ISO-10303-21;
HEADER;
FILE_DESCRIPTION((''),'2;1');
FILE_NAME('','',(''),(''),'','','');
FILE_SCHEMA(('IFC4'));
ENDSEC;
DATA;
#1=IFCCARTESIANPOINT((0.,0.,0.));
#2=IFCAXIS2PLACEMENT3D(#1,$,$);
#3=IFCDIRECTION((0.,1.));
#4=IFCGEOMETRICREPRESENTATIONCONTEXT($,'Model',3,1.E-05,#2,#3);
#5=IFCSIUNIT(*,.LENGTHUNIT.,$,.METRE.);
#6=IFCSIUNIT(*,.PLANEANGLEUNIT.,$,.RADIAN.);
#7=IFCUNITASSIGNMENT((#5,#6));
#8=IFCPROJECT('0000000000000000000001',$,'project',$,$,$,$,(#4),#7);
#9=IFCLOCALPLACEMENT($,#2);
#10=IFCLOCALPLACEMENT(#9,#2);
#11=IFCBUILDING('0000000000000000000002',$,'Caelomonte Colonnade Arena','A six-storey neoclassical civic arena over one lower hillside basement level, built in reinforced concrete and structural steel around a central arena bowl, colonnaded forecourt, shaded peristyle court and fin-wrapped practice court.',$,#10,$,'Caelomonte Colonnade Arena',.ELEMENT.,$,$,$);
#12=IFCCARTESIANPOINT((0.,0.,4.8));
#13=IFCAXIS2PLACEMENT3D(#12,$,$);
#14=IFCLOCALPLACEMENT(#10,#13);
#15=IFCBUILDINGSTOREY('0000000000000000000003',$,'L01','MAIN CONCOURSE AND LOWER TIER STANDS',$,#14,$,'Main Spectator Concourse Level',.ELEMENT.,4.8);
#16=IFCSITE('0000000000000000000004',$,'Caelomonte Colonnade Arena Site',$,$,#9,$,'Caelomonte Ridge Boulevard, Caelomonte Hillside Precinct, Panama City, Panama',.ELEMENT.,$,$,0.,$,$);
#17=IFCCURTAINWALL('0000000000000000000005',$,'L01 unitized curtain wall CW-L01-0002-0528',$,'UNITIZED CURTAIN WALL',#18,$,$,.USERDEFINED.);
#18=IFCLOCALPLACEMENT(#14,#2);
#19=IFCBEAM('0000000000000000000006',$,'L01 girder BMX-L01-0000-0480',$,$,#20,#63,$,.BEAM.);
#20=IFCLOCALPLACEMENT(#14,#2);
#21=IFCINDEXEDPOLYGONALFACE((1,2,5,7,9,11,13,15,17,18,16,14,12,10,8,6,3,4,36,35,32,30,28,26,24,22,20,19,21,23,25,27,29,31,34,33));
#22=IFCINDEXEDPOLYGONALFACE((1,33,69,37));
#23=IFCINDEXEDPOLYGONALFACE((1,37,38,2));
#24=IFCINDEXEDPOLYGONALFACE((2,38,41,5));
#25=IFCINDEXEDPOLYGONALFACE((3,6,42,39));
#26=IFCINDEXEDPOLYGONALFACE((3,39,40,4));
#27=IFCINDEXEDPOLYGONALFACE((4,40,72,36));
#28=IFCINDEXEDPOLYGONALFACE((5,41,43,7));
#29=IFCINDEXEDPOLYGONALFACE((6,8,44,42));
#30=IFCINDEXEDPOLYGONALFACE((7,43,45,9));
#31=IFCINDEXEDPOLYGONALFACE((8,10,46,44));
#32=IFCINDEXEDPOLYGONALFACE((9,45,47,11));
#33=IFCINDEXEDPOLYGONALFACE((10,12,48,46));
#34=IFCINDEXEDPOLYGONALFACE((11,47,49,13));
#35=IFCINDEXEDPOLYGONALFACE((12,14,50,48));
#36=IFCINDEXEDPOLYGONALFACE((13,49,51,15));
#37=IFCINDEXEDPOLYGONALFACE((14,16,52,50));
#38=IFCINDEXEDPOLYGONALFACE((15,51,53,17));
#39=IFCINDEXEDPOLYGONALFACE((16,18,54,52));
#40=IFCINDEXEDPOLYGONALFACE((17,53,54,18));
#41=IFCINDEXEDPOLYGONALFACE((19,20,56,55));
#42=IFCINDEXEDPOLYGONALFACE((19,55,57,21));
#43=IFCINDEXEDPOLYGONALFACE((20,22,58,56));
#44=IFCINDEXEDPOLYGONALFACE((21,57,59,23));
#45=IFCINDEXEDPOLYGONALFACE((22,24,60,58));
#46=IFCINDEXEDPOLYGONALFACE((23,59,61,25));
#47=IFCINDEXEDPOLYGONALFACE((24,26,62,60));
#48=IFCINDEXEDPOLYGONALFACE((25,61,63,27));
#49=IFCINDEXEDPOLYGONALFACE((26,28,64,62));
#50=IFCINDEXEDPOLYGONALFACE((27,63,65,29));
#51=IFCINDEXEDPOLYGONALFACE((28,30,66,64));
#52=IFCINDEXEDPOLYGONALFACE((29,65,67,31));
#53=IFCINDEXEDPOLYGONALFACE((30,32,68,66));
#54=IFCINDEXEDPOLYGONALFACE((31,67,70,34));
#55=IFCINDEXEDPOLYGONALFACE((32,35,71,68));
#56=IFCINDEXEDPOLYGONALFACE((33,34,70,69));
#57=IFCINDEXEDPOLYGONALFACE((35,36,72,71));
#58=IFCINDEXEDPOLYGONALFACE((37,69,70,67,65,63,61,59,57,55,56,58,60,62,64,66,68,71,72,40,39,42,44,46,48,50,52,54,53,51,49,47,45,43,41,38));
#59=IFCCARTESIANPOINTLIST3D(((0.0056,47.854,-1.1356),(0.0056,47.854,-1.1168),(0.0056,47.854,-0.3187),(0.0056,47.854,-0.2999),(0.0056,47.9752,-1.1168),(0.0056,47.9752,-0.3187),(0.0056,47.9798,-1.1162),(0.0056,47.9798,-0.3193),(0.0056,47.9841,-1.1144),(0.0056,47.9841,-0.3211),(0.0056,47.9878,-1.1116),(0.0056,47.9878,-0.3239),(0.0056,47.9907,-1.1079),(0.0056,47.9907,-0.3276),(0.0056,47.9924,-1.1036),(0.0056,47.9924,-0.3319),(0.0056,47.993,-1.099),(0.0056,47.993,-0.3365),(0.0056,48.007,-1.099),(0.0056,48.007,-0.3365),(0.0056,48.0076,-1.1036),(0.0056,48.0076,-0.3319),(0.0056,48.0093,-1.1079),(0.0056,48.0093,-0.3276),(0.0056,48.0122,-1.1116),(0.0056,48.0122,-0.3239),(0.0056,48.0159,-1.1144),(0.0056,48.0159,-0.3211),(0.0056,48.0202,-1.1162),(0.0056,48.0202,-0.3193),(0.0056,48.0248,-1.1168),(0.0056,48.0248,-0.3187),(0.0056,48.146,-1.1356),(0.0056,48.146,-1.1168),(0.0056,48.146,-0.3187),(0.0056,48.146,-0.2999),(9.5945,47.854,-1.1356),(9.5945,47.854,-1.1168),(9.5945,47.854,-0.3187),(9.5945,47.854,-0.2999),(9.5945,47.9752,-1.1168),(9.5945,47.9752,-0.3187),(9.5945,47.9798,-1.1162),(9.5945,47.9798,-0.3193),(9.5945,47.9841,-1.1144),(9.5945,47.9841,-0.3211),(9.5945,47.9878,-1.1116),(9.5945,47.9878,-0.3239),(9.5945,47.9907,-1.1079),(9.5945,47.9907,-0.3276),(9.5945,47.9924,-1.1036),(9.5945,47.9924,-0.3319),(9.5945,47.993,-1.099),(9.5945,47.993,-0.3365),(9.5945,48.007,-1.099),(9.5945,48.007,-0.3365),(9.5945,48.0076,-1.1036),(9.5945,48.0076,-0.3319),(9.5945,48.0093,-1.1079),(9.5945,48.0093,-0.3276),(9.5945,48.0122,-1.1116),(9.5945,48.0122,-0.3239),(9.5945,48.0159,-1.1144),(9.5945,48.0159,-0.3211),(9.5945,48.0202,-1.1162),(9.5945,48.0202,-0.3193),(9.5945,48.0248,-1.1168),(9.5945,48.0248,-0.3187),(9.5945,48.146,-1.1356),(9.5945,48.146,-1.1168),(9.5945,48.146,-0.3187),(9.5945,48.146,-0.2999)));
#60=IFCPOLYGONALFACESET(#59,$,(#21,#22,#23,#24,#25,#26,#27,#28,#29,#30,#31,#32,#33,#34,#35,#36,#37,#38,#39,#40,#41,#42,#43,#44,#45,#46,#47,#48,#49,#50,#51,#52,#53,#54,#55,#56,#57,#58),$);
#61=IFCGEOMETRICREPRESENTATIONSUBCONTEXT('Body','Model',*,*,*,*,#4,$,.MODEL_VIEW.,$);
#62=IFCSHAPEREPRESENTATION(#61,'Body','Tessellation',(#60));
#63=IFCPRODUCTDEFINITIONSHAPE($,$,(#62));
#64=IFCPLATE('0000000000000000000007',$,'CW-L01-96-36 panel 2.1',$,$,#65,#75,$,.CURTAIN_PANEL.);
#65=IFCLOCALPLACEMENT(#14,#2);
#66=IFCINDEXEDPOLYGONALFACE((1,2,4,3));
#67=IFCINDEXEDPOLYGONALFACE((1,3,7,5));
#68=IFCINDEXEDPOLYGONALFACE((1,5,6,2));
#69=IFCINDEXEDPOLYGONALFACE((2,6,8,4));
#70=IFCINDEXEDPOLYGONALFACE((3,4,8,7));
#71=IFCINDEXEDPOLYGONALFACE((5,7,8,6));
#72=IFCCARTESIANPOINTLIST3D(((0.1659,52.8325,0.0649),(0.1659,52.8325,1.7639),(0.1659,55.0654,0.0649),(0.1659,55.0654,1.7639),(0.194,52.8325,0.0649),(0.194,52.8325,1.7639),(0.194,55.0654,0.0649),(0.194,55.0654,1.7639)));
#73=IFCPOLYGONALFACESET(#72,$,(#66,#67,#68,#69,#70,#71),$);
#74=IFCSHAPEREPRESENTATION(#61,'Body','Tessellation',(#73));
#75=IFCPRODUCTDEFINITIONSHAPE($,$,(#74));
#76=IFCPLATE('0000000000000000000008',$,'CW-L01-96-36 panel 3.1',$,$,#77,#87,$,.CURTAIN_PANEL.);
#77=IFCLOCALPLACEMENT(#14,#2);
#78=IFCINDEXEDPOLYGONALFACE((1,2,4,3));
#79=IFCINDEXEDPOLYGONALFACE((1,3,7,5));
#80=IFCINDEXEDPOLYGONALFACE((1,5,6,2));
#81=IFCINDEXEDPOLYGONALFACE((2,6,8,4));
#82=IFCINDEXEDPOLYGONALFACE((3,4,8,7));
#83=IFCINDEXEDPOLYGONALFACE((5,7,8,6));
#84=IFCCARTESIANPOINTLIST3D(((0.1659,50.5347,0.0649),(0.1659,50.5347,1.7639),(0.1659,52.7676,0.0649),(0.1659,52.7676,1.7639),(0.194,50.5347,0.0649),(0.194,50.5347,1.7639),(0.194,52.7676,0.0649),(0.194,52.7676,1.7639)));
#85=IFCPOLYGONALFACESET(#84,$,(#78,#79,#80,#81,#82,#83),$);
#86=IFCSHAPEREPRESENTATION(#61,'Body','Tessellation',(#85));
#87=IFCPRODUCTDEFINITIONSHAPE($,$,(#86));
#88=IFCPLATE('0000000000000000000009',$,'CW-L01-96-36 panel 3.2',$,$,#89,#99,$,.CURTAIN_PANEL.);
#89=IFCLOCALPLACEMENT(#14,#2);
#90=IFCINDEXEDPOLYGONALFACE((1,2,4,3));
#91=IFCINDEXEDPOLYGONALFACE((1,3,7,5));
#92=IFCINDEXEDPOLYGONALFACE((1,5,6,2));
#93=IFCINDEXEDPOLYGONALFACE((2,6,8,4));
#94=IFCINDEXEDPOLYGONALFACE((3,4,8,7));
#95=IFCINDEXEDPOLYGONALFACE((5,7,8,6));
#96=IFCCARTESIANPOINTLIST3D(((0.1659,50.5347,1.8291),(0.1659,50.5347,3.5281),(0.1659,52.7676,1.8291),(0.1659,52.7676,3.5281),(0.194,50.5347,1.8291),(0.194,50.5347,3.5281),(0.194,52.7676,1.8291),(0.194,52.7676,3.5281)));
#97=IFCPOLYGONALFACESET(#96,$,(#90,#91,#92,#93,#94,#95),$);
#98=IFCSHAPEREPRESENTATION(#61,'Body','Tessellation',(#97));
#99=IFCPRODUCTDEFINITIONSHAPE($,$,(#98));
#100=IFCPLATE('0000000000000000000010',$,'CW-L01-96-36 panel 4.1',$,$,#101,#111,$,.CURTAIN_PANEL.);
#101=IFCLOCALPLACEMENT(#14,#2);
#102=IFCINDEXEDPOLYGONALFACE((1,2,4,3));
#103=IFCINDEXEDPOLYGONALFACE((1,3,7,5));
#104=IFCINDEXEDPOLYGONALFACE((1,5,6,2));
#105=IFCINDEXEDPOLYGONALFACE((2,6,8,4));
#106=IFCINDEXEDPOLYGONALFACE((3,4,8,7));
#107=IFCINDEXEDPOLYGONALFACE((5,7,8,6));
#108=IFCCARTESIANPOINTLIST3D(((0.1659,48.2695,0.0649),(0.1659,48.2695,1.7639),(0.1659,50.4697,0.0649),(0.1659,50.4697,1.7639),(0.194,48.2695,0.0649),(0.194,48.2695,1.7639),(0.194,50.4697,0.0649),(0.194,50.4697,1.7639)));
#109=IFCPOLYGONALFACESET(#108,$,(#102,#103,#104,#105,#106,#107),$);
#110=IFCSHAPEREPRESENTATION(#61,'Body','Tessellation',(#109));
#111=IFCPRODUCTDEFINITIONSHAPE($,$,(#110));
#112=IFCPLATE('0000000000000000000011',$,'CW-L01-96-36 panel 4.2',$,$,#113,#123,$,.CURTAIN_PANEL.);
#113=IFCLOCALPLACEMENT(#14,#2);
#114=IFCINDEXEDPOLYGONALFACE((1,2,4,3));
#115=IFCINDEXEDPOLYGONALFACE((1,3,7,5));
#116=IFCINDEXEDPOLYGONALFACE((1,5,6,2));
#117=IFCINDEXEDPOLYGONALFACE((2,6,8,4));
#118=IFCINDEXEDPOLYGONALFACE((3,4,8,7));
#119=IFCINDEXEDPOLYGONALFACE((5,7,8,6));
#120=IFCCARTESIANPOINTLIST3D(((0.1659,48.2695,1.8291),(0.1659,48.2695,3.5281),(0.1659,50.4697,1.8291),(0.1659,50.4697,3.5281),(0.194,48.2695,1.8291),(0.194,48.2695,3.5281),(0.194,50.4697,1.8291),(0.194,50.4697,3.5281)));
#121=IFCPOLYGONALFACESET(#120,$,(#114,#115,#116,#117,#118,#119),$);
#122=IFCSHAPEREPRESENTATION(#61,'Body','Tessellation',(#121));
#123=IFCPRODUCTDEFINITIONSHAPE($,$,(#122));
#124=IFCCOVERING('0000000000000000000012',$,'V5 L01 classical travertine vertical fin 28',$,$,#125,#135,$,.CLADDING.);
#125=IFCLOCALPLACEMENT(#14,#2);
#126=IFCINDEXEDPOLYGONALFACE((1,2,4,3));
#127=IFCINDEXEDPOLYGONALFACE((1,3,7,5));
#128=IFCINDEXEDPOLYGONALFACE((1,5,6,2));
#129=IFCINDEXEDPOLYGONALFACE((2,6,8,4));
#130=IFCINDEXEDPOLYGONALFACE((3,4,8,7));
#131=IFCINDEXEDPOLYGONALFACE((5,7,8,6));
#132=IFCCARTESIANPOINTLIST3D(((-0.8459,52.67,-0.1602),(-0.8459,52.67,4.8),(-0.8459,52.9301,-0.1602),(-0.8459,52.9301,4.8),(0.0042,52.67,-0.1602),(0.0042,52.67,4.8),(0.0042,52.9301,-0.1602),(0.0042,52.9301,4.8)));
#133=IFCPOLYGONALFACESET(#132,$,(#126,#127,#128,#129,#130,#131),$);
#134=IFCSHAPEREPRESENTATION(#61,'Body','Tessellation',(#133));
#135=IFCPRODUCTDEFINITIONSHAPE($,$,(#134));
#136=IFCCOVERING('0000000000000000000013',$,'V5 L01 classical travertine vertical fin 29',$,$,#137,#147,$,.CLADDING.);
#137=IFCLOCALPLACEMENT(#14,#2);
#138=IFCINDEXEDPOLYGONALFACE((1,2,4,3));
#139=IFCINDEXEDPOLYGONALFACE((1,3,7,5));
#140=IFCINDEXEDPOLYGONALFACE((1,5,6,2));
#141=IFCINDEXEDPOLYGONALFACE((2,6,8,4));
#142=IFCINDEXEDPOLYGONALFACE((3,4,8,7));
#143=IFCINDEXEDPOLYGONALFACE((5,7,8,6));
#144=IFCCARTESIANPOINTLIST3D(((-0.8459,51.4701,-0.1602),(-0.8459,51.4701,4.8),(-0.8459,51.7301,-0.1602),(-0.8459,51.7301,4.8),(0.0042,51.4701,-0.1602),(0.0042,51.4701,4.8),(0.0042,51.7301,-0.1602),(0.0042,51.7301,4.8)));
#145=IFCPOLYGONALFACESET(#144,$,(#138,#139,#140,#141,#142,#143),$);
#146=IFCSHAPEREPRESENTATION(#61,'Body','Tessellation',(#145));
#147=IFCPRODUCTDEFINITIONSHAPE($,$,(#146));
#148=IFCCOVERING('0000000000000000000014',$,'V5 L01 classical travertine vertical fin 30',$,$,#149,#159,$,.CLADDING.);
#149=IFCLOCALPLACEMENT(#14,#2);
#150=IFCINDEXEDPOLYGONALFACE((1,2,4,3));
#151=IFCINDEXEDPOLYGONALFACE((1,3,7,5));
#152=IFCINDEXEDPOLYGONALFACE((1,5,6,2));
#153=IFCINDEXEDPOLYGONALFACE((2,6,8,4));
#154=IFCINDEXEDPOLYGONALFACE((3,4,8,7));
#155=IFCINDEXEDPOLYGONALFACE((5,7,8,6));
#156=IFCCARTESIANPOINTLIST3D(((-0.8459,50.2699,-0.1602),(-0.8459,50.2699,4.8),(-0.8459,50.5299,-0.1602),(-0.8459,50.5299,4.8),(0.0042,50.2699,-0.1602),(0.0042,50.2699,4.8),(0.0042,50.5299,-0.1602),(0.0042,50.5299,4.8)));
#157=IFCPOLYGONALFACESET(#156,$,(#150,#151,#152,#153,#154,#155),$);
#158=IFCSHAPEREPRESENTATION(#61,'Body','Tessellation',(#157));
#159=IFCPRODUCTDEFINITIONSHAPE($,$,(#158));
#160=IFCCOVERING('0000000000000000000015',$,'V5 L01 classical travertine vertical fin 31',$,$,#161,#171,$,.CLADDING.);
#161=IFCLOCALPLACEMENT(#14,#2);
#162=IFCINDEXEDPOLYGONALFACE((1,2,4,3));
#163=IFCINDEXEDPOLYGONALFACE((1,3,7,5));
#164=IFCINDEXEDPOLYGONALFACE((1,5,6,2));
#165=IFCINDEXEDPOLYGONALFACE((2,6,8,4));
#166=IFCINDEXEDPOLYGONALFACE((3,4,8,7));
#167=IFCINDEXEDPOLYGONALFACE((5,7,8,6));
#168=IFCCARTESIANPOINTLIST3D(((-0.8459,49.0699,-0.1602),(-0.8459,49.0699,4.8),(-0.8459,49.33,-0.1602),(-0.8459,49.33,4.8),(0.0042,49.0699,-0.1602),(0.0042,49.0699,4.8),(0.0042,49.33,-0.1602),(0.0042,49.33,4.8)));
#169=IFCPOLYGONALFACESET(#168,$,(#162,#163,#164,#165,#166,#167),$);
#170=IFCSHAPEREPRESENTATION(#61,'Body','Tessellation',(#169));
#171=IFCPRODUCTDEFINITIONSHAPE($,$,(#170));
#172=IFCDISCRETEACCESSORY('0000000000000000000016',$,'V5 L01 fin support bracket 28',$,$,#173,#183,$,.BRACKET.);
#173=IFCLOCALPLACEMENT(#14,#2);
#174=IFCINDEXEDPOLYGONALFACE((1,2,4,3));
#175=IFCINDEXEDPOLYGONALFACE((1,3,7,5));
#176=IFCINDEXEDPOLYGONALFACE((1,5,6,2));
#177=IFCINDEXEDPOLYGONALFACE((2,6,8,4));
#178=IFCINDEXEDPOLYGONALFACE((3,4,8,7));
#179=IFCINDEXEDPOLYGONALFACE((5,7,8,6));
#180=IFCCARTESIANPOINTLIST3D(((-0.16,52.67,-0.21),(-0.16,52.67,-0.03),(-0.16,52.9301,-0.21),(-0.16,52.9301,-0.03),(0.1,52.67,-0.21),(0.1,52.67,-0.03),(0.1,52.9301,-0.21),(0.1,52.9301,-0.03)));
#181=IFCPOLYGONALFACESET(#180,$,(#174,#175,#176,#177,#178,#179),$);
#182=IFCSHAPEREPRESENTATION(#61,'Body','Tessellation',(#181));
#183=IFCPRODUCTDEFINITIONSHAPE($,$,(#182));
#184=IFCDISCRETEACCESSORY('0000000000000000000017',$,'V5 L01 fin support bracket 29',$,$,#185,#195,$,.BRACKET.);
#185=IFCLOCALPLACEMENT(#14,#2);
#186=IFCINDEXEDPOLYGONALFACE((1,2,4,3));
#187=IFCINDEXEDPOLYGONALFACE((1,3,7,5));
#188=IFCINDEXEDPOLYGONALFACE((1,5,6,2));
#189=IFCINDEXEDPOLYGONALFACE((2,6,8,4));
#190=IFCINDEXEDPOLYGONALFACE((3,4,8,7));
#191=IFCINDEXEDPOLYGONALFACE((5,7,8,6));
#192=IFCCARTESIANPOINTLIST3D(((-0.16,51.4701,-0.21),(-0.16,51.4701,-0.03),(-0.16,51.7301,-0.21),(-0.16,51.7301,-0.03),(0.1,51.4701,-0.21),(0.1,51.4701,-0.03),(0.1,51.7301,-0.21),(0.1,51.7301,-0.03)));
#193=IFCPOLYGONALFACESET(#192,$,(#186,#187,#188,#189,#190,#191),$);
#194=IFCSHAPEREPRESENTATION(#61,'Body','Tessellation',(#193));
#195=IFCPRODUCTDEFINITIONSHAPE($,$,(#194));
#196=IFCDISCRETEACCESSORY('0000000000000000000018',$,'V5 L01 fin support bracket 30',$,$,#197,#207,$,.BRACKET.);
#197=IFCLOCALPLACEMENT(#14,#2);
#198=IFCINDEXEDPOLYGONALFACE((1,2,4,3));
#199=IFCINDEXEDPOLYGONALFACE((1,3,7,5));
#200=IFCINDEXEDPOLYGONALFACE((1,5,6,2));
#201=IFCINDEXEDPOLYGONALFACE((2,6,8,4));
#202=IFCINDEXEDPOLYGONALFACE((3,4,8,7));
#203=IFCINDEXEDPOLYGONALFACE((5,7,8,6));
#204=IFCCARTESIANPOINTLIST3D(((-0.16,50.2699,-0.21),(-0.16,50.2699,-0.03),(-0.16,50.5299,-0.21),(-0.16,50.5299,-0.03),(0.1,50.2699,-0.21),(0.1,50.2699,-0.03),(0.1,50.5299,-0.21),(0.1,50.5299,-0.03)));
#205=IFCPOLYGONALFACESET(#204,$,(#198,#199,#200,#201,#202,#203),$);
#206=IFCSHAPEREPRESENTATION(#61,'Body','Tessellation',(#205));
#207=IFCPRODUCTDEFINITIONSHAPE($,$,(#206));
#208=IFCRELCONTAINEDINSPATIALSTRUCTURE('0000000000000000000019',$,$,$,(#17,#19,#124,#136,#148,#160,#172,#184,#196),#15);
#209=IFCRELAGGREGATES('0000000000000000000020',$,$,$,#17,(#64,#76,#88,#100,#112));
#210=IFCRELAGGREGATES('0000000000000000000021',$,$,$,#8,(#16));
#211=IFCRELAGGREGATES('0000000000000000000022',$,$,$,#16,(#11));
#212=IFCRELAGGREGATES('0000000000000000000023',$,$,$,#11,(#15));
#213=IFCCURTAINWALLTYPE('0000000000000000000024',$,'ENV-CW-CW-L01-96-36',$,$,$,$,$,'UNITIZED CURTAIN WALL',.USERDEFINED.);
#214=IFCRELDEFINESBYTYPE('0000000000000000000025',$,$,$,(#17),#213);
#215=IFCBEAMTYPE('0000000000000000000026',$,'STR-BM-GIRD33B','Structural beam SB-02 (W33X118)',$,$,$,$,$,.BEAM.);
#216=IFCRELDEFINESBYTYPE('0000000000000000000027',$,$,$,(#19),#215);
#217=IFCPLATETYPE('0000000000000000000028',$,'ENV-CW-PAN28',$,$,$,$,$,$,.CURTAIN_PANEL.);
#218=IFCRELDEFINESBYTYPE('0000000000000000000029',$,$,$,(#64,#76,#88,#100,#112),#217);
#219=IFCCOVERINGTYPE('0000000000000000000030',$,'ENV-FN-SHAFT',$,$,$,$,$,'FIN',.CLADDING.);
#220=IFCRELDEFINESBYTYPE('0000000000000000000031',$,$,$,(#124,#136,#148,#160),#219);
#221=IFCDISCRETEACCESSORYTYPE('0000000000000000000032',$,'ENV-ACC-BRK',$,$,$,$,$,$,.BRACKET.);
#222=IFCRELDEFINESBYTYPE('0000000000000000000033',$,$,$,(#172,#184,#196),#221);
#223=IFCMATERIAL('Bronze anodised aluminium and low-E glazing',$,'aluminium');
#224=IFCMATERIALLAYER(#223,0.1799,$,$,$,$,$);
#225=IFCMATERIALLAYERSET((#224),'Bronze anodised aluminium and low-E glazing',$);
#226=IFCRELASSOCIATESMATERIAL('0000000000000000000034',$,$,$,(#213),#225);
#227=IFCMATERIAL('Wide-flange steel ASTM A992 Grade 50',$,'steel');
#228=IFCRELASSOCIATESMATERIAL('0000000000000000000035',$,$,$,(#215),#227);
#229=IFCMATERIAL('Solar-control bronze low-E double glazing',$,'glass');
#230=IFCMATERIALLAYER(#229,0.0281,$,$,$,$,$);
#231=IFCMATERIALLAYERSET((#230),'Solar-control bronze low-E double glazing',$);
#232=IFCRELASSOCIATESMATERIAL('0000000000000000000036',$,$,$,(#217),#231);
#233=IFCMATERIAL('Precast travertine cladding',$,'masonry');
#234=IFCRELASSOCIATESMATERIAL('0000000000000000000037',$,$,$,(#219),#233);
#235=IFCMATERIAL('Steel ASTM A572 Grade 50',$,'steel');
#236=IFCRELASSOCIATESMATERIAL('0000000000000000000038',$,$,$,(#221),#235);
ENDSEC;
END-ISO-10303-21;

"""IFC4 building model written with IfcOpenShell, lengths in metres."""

from ifc_helpers import new_model, si_unit, direction, frame, origin, origin_2d, place, context, subcontext, project, spatial, rectangle, i_section, extrude, material, layer, layer_set, material_profile, profile_set, type_object, element, aggregate, save


model = new_model("IFC4")

# Units and contexts
model_context = context("Model", 3, precision=1e-05, world=origin(), true_north=direction((0.0, 1.0)))
body_context = subcontext(model_context, "Body", "Model", "MODEL_VIEW")
ifc_project = project(units=[si_unit("LENGTHUNIT", "METRE"), si_unit("PLANEANGLEUNIT", "RADIAN")], contexts=[model_context])

# Site, building, storey
site_placement = place(None, origin())
site = spatial("IfcSite", under=ifc_project, at=site_placement, Name="Caelomonte Colonnade Arena Site", LongName="Caelomonte Ridge Boulevard, Caelomonte Hillside Precinct, Panama City, Panama", CompositionType="ELEMENT", RefElevation=0.0)
building_placement = place(site_placement, origin())
building = spatial("IfcBuilding", under=site, at=building_placement, Name="Caelomonte Colonnade Arena", Description="A six-storey neoclassical civic arena over one lower hillside basement level, built in reinforced concrete and structural steel around a central arena bowl, colonnaded forecourt, shaded peristyle court and fin-wrapped practice court.", LongName="Caelomonte Colonnade Arena", CompositionType="ELEMENT")
storey_placement = place(building_placement, frame((0.0, 0.0, 4.8)))
storey = spatial("IfcBuildingStorey", under=building, at=storey_placement, Name="L01", Description="MAIN CONCOURSE AND LOWER TIER STANDS", LongName="Main Spectator Concourse Level", CompositionType="ELEMENT", Elevation=4.8)

# Curtain wall
ifc_material_1 = material(Name="Bronze anodised aluminium and low-E glazing", Category="aluminium")
ifc_layer_1 = layer(ifc_material_1, 0.1799)
ifc_layer_set_1 = layer_set([ifc_layer_1], Name="Bronze anodised aluminium and low-E glazing")
curtain_wall_type = type_object("IfcCurtainWallType", Name="ENV-CW-CW-L01-96-36", ElementType="UNITIZED CURTAIN WALL", PredefinedType="USERDEFINED", material=ifc_layer_set_1)
curtain_wall_placement = place(storey_placement, origin())
curtain_wall = element("IfcCurtainWall", 1, at=curtain_wall_placement, inside=storey, type_object=curtain_wall_type, Name="L01 unitized curtain wall CW-L01-0002-0528", ObjectType="UNITIZED CURTAIN WALL", PredefinedType="USERDEFINED")

# Beam
ifc_material_2 = material(Name="Wide-flange steel ASTM A992 Grade 50", Category="steel")
ifc_material_profile_1 = material_profile(ifc_material_2, i_section(OverallWidth=0.292, OverallDepth=0.8357, WebThickness=0.0139, FlangeThickness=0.0188, FilletRadius=0.0178, at=origin_2d()), Name="W33X118")
ifc_profile_set_1 = profile_set([ifc_material_profile_1], Name="Wide-flange steel ASTM A992 Grade 50")
beam_type_1 = type_object("IfcBeamType", Name="STR-BM-GIRD33B", Description="Structural beam SB-02 (W33X118)", PredefinedType="BEAM", material=ifc_profile_set_1)
beam_1_placement = place(storey_placement, frame((0.0056, 48.0, -0.7178), z_axis=(1.0, 0.0, 0.0), x_axis=(0.0, 1.0, 0.0)))
element("IfcBeam", 2, at=beam_1_placement, inside=storey, type_object=beam_type_1, Name="L01 girder BMX-L01-0000-0480", PredefinedType="BEAM", context=body_context, shape_type="SweptSolid", body=[
    extrude(i_section(OverallWidth=0.292, OverallDepth=0.8357, WebThickness=0.0139, FlangeThickness=0.0188, FilletRadius=0.0178, at=origin_2d()), origin(), (0.0, 0.0, 1.0), 9.5889),
])

# Plates
ifc_material_3 = material(Name="Solar-control bronze low-E double glazing", Category="glass")
ifc_layer_2 = layer(ifc_material_3, 0.0281)
ifc_layer_set_2 = layer_set([ifc_layer_2], Name="Solar-control bronze low-E double glazing")
plate_type = type_object("IfcPlateType", Name="ENV-CW-PAN28", PredefinedType="CURTAIN_PANEL", material=ifc_layer_set_2)
plate_1_placement = place(storey_placement, frame((0.1799, 53.949, 0.0649), z_axis=(0.0, 0.0, 1.0), x_axis=(0.0, -1.0, 0.0)))
plate_1 = element("IfcPlate", 3, at=plate_1_placement, type_object=plate_type, Name="CW-L01-96-36 panel 2.1", PredefinedType="CURTAIN_PANEL", context=body_context, shape_type="SweptSolid", body=[
    extrude(rectangle(XDim=2.2329, YDim=0.0281, at=origin_2d()), origin(), (0.0, 0.0, 1.0), 1.699),
])
plate_2_placement = place(storey_placement, frame((0.1799, 51.6511, 0.0649), z_axis=(0.0, 0.0, 1.0), x_axis=(0.0, -1.0, 0.0)))
plate_2 = element("IfcPlate", 4, at=plate_2_placement, type_object=plate_type, Name="CW-L01-96-36 panel 3.1", PredefinedType="CURTAIN_PANEL", context=body_context, shape_type="SweptSolid", body=[
    extrude(rectangle(XDim=2.2329, YDim=0.0281, at=origin_2d()), origin(), (0.0, 0.0, 1.0), 1.699),
])
plate_3_placement = place(storey_placement, frame((0.1799, 51.6511, 1.8291), z_axis=(0.0, 0.0, 1.0), x_axis=(0.0, -1.0, 0.0)))
plate_3 = element("IfcPlate", 5, at=plate_3_placement, type_object=plate_type, Name="CW-L01-96-36 panel 3.2", PredefinedType="CURTAIN_PANEL", context=body_context, shape_type="SweptSolid", body=[
    extrude(rectangle(XDim=2.2329, YDim=0.0281, at=origin_2d()), origin(), (0.0, 0.0, 1.0), 1.699),
])
plate_4_placement = place(storey_placement, frame((0.1799, 49.3696, 0.0649), z_axis=(0.0, 0.0, 1.0), x_axis=(0.0, -1.0, 0.0)))
plate_4 = element("IfcPlate", 6, at=plate_4_placement, type_object=plate_type, Name="CW-L01-96-36 panel 4.1", PredefinedType="CURTAIN_PANEL", context=body_context, shape_type="SweptSolid", body=[
    extrude(rectangle(XDim=2.2002, YDim=0.0281, at=origin_2d()), origin(), (0.0, 0.0, 1.0), 1.699),
])
plate_5_placement = place(storey_placement, frame((0.1799, 49.3696, 1.8291), z_axis=(0.0, 0.0, 1.0), x_axis=(0.0, -1.0, 0.0)))
plate_5 = element("IfcPlate", 7, at=plate_5_placement, type_object=plate_type, Name="CW-L01-96-36 panel 4.2", PredefinedType="CURTAIN_PANEL", context=body_context, shape_type="SweptSolid", body=[
    extrude(rectangle(XDim=2.2002, YDim=0.0281, at=origin_2d()), origin(), (0.0, 0.0, 1.0), 1.699),
])
aggregate(curtain_wall, [plate_1, plate_2, plate_3, plate_4, plate_5])

# Coverings
ifc_material_4 = material(Name="Precast travertine cladding", Category="masonry")
ifc_material_profile_2 = material_profile(ifc_material_4, rectangle(XDim=0.26, YDim=0.8501, at=origin_2d()), Name="FIN260X850")
ifc_profile_set_2 = profile_set([ifc_material_profile_2], Name="Precast travertine cladding")
covering_type = type_object("IfcCoveringType", Name="ENV-FN-SHAFT", ElementType="FIN", PredefinedType="CLADDING", material=ifc_profile_set_2)
for number, where, z_axis, x_axis, name in (
    (8, (-0.4209, 52.8, -0.1602), (0.0, 0.0, 1.0), (0.0, 1.0, 0.0), "V5 L01 classical travertine vertical fin 28"),
    (9, (-0.4209, 51.6001, -0.1602), (0.0, 0.0, 1.0), (0.0, 1.0, 0.0), "V5 L01 classical travertine vertical fin 29"),
    (10, (-0.4209, 50.3999, -0.1602), (0.0, 0.0, 1.0), (0.0, 1.0, 0.0), "V5 L01 classical travertine vertical fin 30"),
    (11, (-0.4209, 49.2, -0.1602), (0.0, 0.0, 1.0), (0.0, 1.0, 0.0), "V5 L01 classical travertine vertical fin 31"),
):
    element("IfcCovering", number, at=place(storey_placement, frame(where, z_axis=z_axis, x_axis=x_axis)), inside=storey, type_object=covering_type, Name=name, PredefinedType="CLADDING", context=body_context, shape_type="SweptSolid", body=[
        extrude(rectangle(XDim=0.26, YDim=0.8501, at=origin_2d()), origin(), (0.0, 0.0, 1.0), 4.9602),
    ])

# Discrete accessories
ifc_material_5 = material(Name="Steel ASTM A572 Grade 50", Category="steel")
discrete_accessory_type = type_object("IfcDiscreteAccessoryType", Name="ENV-ACC-BRK", PredefinedType="BRACKET", material=ifc_material_5)
for number, where, z_axis, x_axis, name in (
    (12, (-0.03, 52.8, -0.21), (0.0, 0.0, 1.0), (0.0, -1.0, 0.0), "V5 L01 fin support bracket 28"),
    (13, (-0.03, 51.6001, -0.21), (0.0, 0.0, 1.0), (0.0, -1.0, 0.0), "V5 L01 fin support bracket 29"),
    (14, (-0.03, 50.3999, -0.21), (0.0, 0.0, 1.0), (0.0, -1.0, 0.0), "V5 L01 fin support bracket 30"),
):
    element("IfcDiscreteAccessory", number, at=place(storey_placement, frame(where, z_axis=z_axis, x_axis=x_axis)), inside=storey, type_object=discrete_accessory_type, Name=name, PredefinedType="BRACKET", context=body_context, shape_type="SweptSolid", body=[
        extrude(rectangle(XDim=0.26, YDim=0.26, at=origin_2d()), origin(), (0.0, 0.0, 1.0), 0.1799),
    ])

save(model, "model.ifc")
